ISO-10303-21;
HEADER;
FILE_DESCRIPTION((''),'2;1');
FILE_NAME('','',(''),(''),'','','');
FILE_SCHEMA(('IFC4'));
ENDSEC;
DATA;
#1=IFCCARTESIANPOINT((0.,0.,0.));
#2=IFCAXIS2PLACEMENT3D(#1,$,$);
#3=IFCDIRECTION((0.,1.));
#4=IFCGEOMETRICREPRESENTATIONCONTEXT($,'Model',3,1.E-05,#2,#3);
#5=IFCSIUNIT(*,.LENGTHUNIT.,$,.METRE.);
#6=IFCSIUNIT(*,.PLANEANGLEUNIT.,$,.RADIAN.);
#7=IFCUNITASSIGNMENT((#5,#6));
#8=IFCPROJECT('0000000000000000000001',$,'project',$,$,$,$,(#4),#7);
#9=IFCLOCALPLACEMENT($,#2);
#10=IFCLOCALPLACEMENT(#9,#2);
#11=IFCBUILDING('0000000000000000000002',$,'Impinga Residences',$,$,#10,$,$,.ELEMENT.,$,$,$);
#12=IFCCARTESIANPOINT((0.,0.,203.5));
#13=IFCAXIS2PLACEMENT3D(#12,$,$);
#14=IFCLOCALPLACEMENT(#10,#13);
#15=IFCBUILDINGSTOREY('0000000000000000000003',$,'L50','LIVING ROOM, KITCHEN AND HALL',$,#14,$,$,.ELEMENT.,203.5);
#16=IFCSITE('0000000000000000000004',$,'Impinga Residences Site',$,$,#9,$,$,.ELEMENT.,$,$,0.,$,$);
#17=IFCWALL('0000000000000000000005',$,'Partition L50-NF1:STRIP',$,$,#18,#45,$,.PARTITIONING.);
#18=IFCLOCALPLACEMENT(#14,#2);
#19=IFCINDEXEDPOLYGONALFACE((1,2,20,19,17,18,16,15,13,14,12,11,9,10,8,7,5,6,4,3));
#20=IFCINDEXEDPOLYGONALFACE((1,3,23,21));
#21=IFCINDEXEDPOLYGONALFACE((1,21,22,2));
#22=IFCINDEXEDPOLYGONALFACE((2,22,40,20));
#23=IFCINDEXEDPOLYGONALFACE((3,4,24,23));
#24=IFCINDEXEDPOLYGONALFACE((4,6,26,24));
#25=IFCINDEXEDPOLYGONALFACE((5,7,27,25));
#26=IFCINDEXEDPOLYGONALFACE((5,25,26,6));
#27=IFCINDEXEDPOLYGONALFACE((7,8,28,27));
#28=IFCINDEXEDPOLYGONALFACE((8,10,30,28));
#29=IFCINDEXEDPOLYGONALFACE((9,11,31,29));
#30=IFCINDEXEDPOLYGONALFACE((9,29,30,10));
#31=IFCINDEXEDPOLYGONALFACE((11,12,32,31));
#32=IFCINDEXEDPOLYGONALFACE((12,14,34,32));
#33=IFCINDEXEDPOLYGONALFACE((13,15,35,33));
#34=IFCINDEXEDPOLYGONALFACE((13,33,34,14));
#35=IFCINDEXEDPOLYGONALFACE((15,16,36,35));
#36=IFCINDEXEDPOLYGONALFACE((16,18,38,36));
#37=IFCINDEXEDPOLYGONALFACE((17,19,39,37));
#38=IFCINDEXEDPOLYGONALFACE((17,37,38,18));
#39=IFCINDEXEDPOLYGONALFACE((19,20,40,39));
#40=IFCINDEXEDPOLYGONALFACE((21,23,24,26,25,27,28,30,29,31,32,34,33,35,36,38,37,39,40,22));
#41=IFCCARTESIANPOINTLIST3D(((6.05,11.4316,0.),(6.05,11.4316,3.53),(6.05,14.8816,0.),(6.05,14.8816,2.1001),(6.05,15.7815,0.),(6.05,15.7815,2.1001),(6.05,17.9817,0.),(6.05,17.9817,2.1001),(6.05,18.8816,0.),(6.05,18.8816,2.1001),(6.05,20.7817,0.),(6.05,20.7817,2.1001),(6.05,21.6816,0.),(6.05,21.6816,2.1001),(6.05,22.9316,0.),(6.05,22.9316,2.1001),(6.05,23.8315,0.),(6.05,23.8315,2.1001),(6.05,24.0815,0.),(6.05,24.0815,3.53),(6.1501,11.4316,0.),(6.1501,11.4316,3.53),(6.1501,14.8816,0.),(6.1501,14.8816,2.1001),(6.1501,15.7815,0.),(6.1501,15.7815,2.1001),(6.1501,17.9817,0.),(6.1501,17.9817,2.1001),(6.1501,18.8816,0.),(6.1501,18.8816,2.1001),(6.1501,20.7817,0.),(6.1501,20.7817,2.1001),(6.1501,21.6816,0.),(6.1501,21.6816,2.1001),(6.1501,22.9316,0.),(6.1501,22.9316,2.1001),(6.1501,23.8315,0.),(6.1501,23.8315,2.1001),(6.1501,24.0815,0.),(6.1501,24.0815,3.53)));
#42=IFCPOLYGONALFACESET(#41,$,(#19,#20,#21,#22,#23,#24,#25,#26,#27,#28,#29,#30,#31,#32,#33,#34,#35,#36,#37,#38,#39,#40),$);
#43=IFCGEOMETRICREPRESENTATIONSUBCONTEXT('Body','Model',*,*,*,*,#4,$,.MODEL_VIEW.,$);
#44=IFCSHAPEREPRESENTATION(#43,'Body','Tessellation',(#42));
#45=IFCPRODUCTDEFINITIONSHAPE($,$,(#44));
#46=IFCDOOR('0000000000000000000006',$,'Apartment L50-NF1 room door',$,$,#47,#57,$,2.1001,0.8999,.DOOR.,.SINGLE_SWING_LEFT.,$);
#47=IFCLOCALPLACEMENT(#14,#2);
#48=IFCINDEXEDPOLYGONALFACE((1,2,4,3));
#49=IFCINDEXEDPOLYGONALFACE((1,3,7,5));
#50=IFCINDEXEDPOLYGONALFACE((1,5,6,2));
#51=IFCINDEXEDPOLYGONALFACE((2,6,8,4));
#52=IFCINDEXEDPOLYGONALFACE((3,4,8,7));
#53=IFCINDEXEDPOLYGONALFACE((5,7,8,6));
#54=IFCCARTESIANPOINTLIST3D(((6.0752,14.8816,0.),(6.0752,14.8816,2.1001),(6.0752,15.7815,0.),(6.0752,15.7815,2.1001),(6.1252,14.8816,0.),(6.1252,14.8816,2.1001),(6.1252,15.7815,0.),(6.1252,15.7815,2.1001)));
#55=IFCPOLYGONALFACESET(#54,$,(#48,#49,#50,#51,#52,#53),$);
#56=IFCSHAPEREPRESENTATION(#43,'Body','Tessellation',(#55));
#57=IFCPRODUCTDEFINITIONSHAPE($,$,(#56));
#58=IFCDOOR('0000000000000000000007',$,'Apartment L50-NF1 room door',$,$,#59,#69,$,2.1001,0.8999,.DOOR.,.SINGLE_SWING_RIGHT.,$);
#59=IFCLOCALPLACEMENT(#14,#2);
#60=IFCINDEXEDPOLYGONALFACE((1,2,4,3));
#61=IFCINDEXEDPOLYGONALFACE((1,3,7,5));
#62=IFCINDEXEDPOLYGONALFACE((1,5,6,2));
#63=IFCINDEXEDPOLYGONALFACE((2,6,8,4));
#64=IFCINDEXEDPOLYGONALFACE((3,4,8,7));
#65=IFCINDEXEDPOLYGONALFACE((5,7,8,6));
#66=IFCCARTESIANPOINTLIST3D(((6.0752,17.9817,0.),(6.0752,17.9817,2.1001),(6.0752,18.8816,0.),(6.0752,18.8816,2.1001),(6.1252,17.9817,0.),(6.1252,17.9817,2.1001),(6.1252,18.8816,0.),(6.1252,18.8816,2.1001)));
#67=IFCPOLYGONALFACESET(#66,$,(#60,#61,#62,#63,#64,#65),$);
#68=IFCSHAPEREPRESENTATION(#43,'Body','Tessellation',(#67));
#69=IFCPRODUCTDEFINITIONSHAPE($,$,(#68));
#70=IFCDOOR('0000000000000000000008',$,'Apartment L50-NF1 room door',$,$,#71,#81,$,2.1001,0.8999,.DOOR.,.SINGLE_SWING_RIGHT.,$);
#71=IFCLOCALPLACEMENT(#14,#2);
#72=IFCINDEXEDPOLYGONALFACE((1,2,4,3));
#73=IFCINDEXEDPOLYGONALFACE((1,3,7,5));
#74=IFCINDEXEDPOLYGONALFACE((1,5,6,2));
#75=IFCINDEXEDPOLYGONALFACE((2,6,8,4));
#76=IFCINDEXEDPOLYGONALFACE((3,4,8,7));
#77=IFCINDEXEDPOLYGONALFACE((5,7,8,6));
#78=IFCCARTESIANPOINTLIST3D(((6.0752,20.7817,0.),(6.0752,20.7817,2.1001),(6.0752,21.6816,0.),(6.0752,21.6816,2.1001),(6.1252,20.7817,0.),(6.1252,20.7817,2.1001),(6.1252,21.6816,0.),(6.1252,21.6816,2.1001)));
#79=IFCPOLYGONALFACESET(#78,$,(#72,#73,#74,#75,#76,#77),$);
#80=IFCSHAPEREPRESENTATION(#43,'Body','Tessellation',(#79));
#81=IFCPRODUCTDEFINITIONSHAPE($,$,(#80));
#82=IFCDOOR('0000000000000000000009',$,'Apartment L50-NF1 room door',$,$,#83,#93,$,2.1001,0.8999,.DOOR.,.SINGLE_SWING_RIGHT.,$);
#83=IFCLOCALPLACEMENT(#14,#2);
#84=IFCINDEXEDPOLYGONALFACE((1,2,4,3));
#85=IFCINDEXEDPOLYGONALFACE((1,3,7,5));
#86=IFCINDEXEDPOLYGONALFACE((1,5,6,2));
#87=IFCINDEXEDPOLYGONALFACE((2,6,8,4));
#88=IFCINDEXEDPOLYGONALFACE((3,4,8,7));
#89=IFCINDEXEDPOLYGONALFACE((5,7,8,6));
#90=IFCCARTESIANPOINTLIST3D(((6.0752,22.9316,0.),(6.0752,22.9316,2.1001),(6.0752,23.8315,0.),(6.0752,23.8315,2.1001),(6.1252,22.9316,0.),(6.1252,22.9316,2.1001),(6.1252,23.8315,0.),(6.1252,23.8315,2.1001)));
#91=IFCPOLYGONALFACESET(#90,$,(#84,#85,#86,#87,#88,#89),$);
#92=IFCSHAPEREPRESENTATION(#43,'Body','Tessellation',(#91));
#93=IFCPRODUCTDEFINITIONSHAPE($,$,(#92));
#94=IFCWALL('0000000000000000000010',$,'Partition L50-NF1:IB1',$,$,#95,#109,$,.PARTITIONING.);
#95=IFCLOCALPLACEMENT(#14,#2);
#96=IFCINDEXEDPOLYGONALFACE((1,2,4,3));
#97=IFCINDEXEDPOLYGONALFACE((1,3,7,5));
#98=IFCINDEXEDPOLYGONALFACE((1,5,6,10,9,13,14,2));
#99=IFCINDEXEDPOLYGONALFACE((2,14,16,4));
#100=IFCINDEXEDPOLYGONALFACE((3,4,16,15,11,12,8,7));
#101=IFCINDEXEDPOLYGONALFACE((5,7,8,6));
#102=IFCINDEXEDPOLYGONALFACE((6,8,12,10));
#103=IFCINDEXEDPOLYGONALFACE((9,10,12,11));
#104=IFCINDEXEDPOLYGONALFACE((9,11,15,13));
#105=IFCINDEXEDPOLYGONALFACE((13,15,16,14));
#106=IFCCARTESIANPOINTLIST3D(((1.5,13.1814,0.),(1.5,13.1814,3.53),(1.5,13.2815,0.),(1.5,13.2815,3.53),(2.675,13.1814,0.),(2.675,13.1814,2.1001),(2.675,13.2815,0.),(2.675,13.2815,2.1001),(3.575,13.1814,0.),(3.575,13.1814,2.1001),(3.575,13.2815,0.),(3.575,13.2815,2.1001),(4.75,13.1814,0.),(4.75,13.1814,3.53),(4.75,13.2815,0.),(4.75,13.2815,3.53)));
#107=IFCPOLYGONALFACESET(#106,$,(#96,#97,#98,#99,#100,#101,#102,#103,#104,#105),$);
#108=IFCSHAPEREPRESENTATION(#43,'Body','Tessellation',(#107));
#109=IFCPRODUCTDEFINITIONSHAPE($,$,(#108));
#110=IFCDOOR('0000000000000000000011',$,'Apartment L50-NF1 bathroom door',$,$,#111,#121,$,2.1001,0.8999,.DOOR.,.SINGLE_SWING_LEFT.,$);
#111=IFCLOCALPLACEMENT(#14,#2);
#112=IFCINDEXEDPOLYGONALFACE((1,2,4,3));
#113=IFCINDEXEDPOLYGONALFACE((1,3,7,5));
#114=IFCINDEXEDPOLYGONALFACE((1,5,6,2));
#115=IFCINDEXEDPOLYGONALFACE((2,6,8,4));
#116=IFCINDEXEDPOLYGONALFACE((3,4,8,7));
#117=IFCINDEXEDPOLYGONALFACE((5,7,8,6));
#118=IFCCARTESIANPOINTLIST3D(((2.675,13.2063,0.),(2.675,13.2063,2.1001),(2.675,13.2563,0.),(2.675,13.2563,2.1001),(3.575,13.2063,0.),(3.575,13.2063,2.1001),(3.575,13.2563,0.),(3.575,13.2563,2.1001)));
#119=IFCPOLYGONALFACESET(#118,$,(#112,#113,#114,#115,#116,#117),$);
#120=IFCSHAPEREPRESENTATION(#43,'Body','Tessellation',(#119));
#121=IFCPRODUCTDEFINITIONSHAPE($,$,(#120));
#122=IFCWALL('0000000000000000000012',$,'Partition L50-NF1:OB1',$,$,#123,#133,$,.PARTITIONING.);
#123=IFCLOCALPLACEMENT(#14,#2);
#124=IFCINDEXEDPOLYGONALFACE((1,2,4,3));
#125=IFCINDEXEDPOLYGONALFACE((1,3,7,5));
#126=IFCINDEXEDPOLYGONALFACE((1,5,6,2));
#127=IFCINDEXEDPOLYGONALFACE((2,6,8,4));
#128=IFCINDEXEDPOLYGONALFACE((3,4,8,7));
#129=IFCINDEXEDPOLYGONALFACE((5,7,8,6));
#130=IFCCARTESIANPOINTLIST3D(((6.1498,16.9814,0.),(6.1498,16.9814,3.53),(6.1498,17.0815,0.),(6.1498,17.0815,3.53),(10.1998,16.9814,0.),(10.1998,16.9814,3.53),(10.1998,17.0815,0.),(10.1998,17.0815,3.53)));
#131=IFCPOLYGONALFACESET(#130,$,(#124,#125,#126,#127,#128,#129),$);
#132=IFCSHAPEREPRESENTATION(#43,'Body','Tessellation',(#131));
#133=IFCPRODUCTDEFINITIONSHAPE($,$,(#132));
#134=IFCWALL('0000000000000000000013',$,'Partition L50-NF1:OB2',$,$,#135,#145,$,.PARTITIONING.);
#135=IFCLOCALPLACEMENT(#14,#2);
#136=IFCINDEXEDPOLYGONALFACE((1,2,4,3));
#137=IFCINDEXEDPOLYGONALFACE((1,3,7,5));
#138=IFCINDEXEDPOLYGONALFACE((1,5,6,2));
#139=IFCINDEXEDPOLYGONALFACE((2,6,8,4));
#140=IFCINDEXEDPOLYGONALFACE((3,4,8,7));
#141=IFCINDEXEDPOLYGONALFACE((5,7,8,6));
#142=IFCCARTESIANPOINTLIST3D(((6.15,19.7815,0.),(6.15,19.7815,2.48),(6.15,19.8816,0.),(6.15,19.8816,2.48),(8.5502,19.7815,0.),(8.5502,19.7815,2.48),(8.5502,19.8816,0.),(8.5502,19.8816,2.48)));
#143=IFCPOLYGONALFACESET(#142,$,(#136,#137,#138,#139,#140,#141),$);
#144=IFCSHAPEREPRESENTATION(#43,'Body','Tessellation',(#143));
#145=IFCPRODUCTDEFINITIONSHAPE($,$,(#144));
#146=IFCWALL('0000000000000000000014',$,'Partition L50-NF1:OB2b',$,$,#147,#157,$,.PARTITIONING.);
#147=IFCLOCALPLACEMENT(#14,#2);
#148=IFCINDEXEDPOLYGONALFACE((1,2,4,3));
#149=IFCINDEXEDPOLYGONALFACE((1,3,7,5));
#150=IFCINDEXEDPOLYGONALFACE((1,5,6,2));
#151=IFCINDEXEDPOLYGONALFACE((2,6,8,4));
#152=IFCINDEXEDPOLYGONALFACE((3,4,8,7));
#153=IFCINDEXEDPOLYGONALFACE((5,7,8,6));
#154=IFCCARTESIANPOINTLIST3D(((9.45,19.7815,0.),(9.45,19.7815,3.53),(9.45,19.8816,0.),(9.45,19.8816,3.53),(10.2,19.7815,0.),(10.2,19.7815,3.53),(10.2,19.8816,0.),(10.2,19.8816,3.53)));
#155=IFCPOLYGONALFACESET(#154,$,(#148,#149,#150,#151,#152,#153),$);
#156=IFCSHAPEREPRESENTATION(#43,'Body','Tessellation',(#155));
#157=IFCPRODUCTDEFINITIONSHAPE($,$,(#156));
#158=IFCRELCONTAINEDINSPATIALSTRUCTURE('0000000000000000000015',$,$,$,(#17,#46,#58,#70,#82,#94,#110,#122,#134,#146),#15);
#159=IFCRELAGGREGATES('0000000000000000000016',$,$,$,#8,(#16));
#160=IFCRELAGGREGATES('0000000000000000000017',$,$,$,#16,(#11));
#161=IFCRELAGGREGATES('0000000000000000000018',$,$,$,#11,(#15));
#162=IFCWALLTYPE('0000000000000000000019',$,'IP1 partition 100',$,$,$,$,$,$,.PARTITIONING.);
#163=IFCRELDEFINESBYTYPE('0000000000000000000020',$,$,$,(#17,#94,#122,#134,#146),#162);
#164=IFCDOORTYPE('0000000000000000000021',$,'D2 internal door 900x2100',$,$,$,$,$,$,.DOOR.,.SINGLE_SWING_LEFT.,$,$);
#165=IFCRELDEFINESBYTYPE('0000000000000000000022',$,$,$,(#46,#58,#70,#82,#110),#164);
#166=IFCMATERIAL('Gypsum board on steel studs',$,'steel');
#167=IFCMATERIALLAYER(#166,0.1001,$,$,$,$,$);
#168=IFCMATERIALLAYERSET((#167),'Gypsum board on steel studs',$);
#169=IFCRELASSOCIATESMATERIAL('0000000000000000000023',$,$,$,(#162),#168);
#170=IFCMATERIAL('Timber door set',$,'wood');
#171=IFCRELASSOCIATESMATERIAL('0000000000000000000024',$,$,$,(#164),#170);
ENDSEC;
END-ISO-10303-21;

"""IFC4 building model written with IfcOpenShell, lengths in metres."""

from ifc_helpers import new_model, si_unit, direction, frame, frame_2d, origin, place, context, subcontext, project, spatial, rectangle, extrude, material, layer, layer_set, type_object, element, fill, save


model = new_model("IFC4")

# Units and contexts
model_context = context("Model", 3, precision=1e-05, world=origin(), true_north=direction((0.0, 1.0)))
body_context = subcontext(model_context, "Body", "Model", "MODEL_VIEW")
ifc_project = project(units=[si_unit("LENGTHUNIT", "METRE"), si_unit("PLANEANGLEUNIT", "RADIAN")], contexts=[model_context])

# Site, building, storey
site_placement = place(None, origin())
site = spatial("IfcSite", under=ifc_project, at=site_placement, Name="Impinga Residences Site", CompositionType="ELEMENT", RefElevation=0.0)
building_placement = place(site_placement, origin())
building = spatial("IfcBuilding", under=site, at=building_placement, Name="Impinga Residences", CompositionType="ELEMENT")
storey_placement = place(building_placement, frame((0.0, 0.0, 203.5)))
storey = spatial("IfcBuildingStorey", under=building, at=storey_placement, Name="L50", Description="LIVING ROOM, KITCHEN AND HALL", CompositionType="ELEMENT", Elevation=203.5)

# Shared definitions
ifc_material_1 = material(Name="Timber door set", Category="wood")

# Shared definitions
ifc_material_2 = material(Name="Gypsum board on steel studs", Category="steel")
ifc_layer_1 = layer(ifc_material_2, 0.1001)
ifc_layer_set_1 = layer_set([ifc_layer_1], Name="Gypsum board on steel studs")
wall_type_1 = type_object("IfcWallType", Name="IP1 partition 100", PredefinedType="PARTITIONING", material=ifc_layer_set_1)

# Wall, openings, doors
wall_1_placement = place(storey_placement, frame((6.1001, 11.4316, 0.0), z_axis=(0.0, 0.0, 1.0), x_axis=(0.0, 1.0, 0.0)))
wall_1 = element("IfcWall", 1, at=wall_1_placement, inside=storey, type_object=wall_type_1, Name="Partition L50-NF1:STRIP", PredefinedType="PARTITIONING", context=body_context, shape_type="SweptSolid", body=[
    extrude(rectangle(XDim=12.6499, YDim=0.1001, at=frame_2d((6.325, 0.0))), origin(), (0.0, 0.0, 1.0), 3.53),
])
opening_1_placement = place(wall_1_placement, frame((3.45, 0.0, 0.0)))
opening_1 = element("IfcOpeningElement", 2, at=opening_1_placement, cuts=wall_1, PredefinedType="OPENING", context=body_context, shape_type="SweptSolid", body=[
    extrude(rectangle(XDim=0.8999, YDim=2.1001, at=frame_2d((0.45, 1.05))), frame((0.0, 0.0601, 0.0), z_axis=(0.0, -1.0, 0.0), x_axis=(1.0, 0.0, 0.0)), (0.0, 0.0, 1.0), 0.1201),
])
opening_2_placement = place(wall_1_placement, frame((6.55, 0.0, 0.0)))
opening_2 = element("IfcOpeningElement", 3, at=opening_2_placement, cuts=wall_1, PredefinedType="OPENING", context=body_context, shape_type="SweptSolid", body=[
    extrude(rectangle(XDim=0.8999, YDim=2.1001, at=frame_2d((0.45, 1.05))), frame((0.0, 0.0601, 0.0), z_axis=(0.0, -1.0, 0.0), x_axis=(1.0, 0.0, 0.0)), (0.0, 0.0, 1.0), 0.1201),
])
opening_3_placement = place(wall_1_placement, frame((9.3501, 0.0, 0.0)))
opening_3 = element("IfcOpeningElement", 4, at=opening_3_placement, cuts=wall_1, PredefinedType="OPENING", context=body_context, shape_type="SweptSolid", body=[
    extrude(rectangle(XDim=0.8999, YDim=2.1001, at=frame_2d((0.45, 1.05))), frame((0.0, 0.0601, 0.0), z_axis=(0.0, -1.0, 0.0), x_axis=(1.0, 0.0, 0.0)), (0.0, 0.0, 1.0), 0.1201),
])
opening_4_placement = place(wall_1_placement, frame((11.5, 0.0, 0.0)))
opening_4 = element("IfcOpeningElement", 5, at=opening_4_placement, cuts=wall_1, PredefinedType="OPENING", context=body_context, shape_type="SweptSolid", body=[
    extrude(rectangle(XDim=0.8999, YDim=2.1001, at=frame_2d((0.45, 1.05))), frame((0.0, 0.0601, 0.0), z_axis=(0.0, -1.0, 0.0), x_axis=(1.0, 0.0, 0.0)), (0.0, 0.0, 1.0), 0.1201),
])
door_type_1 = type_object("IfcDoorType", Name="D2 internal door 900x2100", OperationType="SINGLE_SWING_LEFT", PredefinedType="DOOR", material=ifc_material_1)
door_1_placement = place(opening_1_placement, origin())
door_1 = element("IfcDoor", 6, at=door_1_placement, inside=storey, type_object=door_type_1, Name="Apartment L50-NF1 room door", OperationType="SINGLE_SWING_LEFT", OverallHeight=2.1001, OverallWidth=0.8999, PredefinedType="DOOR", context=body_context, shape_type="SweptSolid", body=[
    extrude(rectangle(XDim=0.8999, YDim=2.1001, at=frame_2d((0.45, 1.05))), frame((0.0, 0.0249, 0.0), z_axis=(0.0, -1.0, 0.0), x_axis=(1.0, 0.0, 0.0)), (0.0, 0.0, 1.0), 0.05),
])
fill(opening_1, door_1)
door_2_placement = place(opening_2_placement, origin())
door_2 = element("IfcDoor", 7, at=door_2_placement, inside=storey, type_object=door_type_1, Name="Apartment L50-NF1 room door", OperationType="SINGLE_SWING_RIGHT", OverallHeight=2.1001, OverallWidth=0.8999, PredefinedType="DOOR", context=body_context, shape_type="SweptSolid", body=[
    extrude(rectangle(XDim=0.8999, YDim=2.1001, at=frame_2d((0.45, 1.05))), frame((0.0, 0.0249, 0.0), z_axis=(0.0, -1.0, 0.0), x_axis=(1.0, 0.0, 0.0)), (0.0, 0.0, 1.0), 0.05),
])
fill(opening_2, door_2)
door_3_placement = place(opening_3_placement, origin())
door_3 = element("IfcDoor", 8, at=door_3_placement, inside=storey, type_object=door_type_1, Name="Apartment L50-NF1 room door", OperationType="SINGLE_SWING_RIGHT", OverallHeight=2.1001, OverallWidth=0.8999, PredefinedType="DOOR", context=body_context, shape_type="SweptSolid", body=[
    extrude(rectangle(XDim=0.8999, YDim=2.1001, at=frame_2d((0.45, 1.05))), frame((0.0, 0.0249, 0.0), z_axis=(0.0, -1.0, 0.0), x_axis=(1.0, 0.0, 0.0)), (0.0, 0.0, 1.0), 0.05),
])
fill(opening_3, door_3)
door_4_placement = place(opening_4_placement, origin())
door_4 = element("IfcDoor", 9, at=door_4_placement, inside=storey, type_object=door_type_1, Name="Apartment L50-NF1 room door", OperationType="SINGLE_SWING_RIGHT", OverallHeight=2.1001, OverallWidth=0.8999, PredefinedType="DOOR", context=body_context, shape_type="SweptSolid", body=[
    extrude(rectangle(XDim=0.8999, YDim=2.1001, at=frame_2d((0.45, 1.05))), frame((0.0, 0.0249, 0.0), z_axis=(0.0, -1.0, 0.0), x_axis=(1.0, 0.0, 0.0)), (0.0, 0.0, 1.0), 0.05),
])
fill(opening_4, door_4)

# Wall, opening, door
wall_2_placement = place(storey_placement, frame((1.5, 13.2314, 0.0), z_axis=(0.0, 0.0, 1.0), x_axis=(1.0, 0.0, 0.0)))
wall_2 = element("IfcWall", 10, at=wall_2_placement, inside=storey, type_object=wall_type_1, Name="Partition L50-NF1:IB1", PredefinedType="PARTITIONING", context=body_context, shape_type="SweptSolid", body=[
    extrude(rectangle(XDim=3.25, YDim=0.1001, at=frame_2d((1.625, 0.0))), origin(), (0.0, 0.0, 1.0), 3.53),
])
opening_5_placement = place(wall_2_placement, frame((1.175, 0.0, 0.0)))
opening_5 = element("IfcOpeningElement", 11, at=opening_5_placement, cuts=wall_2, PredefinedType="OPENING", context=body_context, shape_type="SweptSolid", body=[
    extrude(rectangle(XDim=0.8999, YDim=2.1001, at=frame_2d((0.45, 1.05))), frame((0.0, 0.0601, 0.0), z_axis=(0.0, -1.0, 0.0), x_axis=(1.0, 0.0, 0.0)), (0.0, 0.0, 1.0), 0.1201),
])
door_5_placement = place(opening_5_placement, origin())
door_5 = element("IfcDoor", 12, at=door_5_placement, inside=storey, type_object=door_type_1, Name="Apartment L50-NF1 bathroom door", OperationType="SINGLE_SWING_LEFT", OverallHeight=2.1001, OverallWidth=0.8999, PredefinedType="DOOR", context=body_context, shape_type="SweptSolid", body=[
    extrude(rectangle(XDim=0.8999, YDim=2.1001, at=frame_2d((0.45, 1.05))), frame((0.0, 0.0249, 0.0), z_axis=(0.0, -1.0, 0.0), x_axis=(1.0, 0.0, 0.0)), (0.0, 0.0, 1.0), 0.05),
])
fill(opening_5, door_5)

# Walls
wall_3_placement = place(storey_placement, frame((6.1499, 17.0315, 0.0), z_axis=(0.0, 0.0, 1.0), x_axis=(1.0, 0.0, 0.0)))
element("IfcWall", 13, at=wall_3_placement, inside=storey, type_object=wall_type_1, Name="Partition L50-NF1:OB1", PredefinedType="PARTITIONING", context=body_context, shape_type="SweptSolid", body=[
    extrude(rectangle(XDim=4.05, YDim=0.1001, at=frame_2d((2.0249, 0.0))), origin(), (0.0, 0.0, 1.0), 3.53),
])
wall_4_placement = place(storey_placement, frame((6.1499, 19.8315, 0.0), z_axis=(0.0, 0.0, 1.0), x_axis=(1.0, 0.0, 0.0)))
element("IfcWall", 14, at=wall_4_placement, inside=storey, type_object=wall_type_1, Name="Partition L50-NF1:OB2", PredefinedType="PARTITIONING", context=body_context, shape_type="SweptSolid", body=[
    extrude(rectangle(XDim=2.4001, YDim=0.1001, at=frame_2d((1.2002, 0.0))), origin(), (0.0, 0.0, 1.0), 2.48),
])
wall_5_placement = place(storey_placement, frame((9.45, 19.8315, 0.0), z_axis=(0.0, 0.0, 1.0), x_axis=(1.0, 0.0, 0.0)))
element("IfcWall", 15, at=wall_5_placement, inside=storey, type_object=wall_type_1, Name="Partition L50-NF1:OB2b", PredefinedType="PARTITIONING", context=body_context, shape_type="SweptSolid", body=[
    extrude(rectangle(XDim=0.75, YDim=0.1001, at=frame_2d((0.375, 0.0))), origin(), (0.0, 0.0, 1.0), 3.53),
])

save(model, "model.ifc")
